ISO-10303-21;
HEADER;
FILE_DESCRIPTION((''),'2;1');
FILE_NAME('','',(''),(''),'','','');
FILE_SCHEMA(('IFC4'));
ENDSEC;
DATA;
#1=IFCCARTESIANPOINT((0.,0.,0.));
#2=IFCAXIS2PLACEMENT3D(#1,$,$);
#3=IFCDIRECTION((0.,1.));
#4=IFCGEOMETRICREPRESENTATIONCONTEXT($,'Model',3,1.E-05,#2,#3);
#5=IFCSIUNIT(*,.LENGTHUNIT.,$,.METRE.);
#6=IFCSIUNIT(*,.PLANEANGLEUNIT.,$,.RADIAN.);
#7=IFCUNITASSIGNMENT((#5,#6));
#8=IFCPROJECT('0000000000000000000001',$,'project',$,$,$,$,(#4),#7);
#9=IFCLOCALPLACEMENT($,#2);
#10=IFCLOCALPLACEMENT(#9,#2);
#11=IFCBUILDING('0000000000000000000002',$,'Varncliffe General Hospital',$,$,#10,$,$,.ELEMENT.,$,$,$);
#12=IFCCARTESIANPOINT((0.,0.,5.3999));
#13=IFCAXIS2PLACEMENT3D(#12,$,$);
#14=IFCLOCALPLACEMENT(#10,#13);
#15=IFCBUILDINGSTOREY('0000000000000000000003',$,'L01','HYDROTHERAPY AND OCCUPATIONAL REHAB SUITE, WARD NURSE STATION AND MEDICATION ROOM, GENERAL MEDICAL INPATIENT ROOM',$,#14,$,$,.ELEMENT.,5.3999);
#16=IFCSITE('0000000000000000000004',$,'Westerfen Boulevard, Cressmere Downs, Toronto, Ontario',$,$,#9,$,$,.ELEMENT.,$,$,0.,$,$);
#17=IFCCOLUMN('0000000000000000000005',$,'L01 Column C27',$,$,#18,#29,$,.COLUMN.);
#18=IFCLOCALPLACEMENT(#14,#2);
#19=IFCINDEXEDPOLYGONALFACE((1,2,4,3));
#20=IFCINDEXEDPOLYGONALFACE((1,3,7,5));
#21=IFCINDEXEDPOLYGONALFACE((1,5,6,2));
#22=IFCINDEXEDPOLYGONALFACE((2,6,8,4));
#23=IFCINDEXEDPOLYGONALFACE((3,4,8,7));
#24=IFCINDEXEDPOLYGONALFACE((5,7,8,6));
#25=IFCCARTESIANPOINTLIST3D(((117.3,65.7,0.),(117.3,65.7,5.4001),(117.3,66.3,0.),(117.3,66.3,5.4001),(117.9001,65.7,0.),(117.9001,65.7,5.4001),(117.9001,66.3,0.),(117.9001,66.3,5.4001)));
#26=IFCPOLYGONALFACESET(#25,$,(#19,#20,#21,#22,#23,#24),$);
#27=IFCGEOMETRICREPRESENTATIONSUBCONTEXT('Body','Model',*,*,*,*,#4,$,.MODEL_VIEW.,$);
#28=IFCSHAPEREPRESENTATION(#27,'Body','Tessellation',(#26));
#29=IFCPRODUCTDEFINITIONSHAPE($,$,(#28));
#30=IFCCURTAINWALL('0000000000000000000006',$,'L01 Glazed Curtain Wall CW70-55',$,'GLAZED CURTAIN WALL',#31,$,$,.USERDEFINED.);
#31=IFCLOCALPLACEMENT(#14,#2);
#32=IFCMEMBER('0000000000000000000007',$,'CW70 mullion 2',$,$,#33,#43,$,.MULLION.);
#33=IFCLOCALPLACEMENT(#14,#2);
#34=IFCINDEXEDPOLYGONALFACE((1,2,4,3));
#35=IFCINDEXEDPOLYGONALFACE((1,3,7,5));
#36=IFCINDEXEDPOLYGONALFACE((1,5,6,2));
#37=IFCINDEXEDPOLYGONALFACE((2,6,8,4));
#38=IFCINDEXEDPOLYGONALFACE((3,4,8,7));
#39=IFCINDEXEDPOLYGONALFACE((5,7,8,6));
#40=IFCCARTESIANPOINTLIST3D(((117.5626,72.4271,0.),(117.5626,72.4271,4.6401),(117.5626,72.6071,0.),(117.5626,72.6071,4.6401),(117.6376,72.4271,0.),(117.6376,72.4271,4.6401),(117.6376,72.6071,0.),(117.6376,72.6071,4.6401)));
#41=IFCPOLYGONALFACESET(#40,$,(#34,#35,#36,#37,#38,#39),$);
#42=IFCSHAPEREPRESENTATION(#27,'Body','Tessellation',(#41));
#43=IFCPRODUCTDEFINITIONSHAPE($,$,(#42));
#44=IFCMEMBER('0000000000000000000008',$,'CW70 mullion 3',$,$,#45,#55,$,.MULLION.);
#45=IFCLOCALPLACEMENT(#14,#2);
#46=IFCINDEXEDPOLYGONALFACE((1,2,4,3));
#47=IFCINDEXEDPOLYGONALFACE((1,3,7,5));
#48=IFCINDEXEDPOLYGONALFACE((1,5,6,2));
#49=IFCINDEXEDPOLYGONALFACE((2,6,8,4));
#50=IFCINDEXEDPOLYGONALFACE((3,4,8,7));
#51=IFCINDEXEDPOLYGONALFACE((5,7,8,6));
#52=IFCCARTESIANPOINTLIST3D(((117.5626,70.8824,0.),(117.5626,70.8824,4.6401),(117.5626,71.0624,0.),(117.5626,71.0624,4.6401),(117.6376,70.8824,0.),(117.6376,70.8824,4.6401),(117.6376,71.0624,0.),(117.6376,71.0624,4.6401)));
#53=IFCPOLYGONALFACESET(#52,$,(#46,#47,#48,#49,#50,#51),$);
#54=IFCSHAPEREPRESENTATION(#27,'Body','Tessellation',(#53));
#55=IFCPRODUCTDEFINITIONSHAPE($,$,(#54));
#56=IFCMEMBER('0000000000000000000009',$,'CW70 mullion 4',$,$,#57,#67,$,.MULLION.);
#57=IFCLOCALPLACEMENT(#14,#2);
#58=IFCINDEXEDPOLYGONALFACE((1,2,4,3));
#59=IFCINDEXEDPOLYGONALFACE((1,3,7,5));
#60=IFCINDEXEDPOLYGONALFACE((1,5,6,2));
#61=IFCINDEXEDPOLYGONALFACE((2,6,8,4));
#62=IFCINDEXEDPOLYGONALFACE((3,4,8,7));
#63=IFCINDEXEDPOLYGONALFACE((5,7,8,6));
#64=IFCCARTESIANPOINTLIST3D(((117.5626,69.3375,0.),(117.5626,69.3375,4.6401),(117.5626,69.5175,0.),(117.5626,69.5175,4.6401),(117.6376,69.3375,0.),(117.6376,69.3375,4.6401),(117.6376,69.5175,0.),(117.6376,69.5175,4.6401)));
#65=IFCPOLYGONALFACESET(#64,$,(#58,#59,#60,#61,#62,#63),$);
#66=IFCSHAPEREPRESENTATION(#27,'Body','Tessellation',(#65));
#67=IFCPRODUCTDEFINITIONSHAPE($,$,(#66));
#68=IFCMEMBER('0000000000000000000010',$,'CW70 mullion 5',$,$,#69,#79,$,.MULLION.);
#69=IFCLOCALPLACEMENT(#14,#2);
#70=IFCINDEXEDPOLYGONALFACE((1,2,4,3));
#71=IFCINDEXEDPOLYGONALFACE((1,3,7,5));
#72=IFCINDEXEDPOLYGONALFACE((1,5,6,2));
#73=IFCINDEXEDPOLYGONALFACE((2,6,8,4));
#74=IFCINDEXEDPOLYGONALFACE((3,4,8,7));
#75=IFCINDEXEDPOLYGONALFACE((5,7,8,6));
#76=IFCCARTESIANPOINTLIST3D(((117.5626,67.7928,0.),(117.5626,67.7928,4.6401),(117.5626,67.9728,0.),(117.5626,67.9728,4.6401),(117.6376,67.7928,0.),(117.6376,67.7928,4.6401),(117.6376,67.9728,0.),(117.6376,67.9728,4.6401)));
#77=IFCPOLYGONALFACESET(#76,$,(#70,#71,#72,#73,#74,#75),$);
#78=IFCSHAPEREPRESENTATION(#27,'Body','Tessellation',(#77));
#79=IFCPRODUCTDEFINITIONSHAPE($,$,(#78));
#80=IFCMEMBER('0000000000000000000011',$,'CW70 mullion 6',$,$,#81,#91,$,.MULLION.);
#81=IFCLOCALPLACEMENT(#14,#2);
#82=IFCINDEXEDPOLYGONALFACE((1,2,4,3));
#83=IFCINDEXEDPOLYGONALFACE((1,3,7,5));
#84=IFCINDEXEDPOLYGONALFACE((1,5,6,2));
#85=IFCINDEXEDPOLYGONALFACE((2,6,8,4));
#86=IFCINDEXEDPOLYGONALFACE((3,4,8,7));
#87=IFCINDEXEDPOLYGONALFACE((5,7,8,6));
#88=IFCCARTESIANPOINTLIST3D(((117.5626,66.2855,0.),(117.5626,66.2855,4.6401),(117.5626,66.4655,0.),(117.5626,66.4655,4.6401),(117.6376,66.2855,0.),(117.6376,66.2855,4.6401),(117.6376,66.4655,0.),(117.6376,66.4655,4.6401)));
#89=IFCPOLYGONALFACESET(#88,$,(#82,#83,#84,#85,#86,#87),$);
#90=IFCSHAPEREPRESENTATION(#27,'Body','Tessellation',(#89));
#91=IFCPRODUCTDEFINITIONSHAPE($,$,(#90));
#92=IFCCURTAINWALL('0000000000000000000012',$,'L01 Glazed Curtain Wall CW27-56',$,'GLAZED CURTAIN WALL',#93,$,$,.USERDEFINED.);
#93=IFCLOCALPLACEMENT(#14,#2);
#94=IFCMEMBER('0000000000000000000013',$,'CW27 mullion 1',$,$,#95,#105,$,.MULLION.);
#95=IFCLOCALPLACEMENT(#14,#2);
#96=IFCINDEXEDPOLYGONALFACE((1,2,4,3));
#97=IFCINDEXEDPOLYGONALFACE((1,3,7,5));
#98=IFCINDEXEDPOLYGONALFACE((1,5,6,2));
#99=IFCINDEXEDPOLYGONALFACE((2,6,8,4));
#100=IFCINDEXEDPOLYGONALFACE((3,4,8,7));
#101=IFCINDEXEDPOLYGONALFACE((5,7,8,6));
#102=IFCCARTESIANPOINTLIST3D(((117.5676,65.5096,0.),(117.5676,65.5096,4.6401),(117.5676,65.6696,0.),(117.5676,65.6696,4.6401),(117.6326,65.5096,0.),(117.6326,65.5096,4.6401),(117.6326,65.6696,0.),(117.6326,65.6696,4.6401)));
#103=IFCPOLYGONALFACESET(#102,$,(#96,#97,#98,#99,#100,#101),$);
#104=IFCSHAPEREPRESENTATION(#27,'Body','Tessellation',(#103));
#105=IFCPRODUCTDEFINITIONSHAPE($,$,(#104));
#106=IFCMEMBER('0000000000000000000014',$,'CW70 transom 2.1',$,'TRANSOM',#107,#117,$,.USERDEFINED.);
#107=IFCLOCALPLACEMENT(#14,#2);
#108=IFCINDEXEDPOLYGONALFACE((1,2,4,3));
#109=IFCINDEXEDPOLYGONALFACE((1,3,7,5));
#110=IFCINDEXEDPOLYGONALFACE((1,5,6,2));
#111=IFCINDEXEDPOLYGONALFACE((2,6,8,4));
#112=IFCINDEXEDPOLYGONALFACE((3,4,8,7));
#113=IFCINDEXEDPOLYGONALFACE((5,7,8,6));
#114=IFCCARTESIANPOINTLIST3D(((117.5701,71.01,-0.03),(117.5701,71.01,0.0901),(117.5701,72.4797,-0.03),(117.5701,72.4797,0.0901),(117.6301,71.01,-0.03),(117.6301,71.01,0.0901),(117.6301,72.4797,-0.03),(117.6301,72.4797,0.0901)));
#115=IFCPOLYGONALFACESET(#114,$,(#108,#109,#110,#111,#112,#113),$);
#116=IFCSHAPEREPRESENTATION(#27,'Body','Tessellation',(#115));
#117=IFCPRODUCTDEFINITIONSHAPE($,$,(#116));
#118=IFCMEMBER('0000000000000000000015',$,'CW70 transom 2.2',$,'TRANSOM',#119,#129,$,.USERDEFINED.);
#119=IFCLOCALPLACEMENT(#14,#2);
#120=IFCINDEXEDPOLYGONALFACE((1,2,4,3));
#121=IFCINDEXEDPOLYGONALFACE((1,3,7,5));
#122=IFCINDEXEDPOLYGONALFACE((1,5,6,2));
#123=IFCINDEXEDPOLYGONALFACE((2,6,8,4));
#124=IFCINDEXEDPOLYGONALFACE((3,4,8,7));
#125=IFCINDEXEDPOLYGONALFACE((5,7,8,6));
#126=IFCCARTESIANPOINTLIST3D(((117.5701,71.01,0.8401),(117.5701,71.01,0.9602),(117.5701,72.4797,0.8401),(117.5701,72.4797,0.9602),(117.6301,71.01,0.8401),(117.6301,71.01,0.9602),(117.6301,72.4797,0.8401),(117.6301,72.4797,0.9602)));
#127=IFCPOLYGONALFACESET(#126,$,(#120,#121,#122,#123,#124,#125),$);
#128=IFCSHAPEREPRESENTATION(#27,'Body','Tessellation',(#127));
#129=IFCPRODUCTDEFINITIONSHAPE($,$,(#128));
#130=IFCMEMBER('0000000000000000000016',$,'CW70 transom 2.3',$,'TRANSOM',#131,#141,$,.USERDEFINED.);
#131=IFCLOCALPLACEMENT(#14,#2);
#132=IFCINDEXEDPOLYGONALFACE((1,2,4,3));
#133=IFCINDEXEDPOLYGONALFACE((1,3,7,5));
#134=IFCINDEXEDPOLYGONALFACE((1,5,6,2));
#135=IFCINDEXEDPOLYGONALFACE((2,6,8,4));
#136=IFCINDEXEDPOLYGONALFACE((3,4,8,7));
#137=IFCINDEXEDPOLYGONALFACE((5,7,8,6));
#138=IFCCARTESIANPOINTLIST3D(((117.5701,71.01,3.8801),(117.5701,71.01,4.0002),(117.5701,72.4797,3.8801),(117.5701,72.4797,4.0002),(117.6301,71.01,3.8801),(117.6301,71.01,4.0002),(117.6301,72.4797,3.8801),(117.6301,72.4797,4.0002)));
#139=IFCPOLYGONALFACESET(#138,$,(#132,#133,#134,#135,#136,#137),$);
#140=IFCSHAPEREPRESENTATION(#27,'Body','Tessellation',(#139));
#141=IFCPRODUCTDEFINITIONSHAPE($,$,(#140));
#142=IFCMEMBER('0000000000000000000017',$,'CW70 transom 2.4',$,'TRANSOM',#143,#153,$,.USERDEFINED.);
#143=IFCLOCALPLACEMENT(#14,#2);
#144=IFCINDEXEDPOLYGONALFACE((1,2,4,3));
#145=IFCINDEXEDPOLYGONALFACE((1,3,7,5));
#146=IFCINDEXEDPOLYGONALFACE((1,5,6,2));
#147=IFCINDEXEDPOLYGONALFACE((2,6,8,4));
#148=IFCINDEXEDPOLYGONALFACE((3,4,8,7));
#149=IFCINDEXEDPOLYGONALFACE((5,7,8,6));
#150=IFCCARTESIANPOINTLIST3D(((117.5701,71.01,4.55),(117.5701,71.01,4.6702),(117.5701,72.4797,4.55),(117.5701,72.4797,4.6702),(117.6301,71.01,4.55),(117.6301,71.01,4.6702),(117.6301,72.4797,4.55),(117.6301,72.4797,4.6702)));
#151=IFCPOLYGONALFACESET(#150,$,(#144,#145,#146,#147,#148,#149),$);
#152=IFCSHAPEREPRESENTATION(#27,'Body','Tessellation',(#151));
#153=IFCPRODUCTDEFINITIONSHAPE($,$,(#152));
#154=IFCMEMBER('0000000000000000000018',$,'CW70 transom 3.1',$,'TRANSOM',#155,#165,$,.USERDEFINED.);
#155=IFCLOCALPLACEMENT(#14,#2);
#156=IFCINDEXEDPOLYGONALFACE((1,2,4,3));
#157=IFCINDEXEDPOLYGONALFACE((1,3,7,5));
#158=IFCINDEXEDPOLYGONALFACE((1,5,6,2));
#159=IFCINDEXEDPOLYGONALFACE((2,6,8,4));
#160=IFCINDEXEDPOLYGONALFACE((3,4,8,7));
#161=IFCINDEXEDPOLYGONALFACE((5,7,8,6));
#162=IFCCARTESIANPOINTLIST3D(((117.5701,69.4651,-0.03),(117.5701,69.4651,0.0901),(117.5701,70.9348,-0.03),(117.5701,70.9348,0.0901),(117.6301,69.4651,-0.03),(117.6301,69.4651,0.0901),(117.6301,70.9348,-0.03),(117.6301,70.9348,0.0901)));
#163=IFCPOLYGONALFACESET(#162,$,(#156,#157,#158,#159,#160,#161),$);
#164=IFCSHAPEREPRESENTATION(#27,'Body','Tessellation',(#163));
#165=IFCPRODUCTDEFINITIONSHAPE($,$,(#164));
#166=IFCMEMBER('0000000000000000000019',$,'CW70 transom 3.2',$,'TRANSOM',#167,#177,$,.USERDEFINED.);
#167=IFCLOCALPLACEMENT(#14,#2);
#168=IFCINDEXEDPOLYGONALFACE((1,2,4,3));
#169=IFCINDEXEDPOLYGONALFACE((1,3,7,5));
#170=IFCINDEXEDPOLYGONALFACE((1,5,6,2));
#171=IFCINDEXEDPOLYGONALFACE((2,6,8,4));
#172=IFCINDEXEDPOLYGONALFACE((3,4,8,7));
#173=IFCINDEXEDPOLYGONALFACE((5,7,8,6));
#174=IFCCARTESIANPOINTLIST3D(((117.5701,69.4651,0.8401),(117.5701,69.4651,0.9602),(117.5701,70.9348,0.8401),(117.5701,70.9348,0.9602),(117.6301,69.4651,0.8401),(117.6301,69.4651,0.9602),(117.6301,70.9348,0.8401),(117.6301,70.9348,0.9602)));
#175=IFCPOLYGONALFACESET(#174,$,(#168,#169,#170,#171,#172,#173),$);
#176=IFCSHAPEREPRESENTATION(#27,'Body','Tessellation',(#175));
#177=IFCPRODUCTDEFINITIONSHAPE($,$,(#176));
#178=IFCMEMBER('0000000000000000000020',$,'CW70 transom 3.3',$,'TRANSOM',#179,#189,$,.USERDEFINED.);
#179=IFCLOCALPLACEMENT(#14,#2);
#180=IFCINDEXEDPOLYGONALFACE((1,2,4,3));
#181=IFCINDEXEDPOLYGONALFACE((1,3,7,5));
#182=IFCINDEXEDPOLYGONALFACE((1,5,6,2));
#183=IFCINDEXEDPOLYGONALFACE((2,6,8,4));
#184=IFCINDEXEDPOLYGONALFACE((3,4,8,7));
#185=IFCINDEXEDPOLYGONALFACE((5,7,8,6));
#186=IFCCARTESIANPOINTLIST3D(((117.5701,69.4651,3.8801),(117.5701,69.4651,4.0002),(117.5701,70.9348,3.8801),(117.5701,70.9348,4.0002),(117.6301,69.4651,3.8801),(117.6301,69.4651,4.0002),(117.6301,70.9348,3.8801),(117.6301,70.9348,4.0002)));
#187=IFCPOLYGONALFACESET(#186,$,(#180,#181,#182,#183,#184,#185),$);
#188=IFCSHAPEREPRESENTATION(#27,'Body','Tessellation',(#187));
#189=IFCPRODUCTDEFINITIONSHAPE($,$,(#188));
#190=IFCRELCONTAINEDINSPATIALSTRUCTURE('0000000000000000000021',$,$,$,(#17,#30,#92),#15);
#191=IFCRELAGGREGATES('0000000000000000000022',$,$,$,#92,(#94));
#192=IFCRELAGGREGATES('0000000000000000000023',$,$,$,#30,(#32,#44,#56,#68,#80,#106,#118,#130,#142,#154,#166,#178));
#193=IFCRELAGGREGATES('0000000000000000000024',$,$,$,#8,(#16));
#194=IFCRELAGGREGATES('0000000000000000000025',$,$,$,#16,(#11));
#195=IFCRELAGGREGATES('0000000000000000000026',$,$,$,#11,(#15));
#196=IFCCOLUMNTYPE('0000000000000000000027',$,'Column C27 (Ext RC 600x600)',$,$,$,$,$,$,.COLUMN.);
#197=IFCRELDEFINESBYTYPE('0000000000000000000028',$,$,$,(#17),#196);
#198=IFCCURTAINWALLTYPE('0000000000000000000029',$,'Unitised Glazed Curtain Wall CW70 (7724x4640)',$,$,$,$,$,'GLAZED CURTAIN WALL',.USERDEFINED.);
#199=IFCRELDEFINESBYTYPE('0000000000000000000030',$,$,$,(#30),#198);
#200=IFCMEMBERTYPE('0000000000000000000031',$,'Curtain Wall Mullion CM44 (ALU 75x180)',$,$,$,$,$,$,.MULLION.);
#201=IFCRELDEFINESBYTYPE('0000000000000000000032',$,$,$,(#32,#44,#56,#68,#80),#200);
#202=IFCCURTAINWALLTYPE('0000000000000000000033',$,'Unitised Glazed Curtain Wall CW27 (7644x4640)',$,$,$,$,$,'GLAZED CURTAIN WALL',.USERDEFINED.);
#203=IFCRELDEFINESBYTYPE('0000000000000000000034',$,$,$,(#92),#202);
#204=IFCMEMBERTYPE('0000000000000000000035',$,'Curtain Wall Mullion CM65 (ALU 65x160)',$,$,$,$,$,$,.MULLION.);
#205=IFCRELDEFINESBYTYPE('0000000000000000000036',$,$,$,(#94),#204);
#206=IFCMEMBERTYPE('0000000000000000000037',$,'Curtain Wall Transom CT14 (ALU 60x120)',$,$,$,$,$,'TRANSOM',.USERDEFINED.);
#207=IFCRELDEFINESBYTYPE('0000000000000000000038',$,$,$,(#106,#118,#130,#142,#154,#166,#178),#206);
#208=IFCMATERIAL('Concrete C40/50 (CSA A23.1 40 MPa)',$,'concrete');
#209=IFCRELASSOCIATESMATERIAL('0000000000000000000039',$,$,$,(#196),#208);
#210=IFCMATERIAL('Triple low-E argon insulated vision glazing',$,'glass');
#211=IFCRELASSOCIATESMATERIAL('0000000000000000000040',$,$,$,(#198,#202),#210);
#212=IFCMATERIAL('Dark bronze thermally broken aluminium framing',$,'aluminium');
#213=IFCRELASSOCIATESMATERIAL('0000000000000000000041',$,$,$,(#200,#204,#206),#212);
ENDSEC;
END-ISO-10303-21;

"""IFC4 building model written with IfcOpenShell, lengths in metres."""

from ifc_helpers import new_model, si_unit, direction, frame, origin, origin_2d, place, context, subcontext, project, spatial, rectangle, extrude, material, material_profile, profile_set, type_object, element, aggregate, save


model = new_model("IFC4")

# Units and contexts
model_context = context("Model", 3, precision=1e-05, world=origin(), true_north=direction((0.0, 1.0)))
body_context = subcontext(model_context, "Body", "Model", "MODEL_VIEW")
ifc_project = project(units=[si_unit("LENGTHUNIT", "METRE"), si_unit("PLANEANGLEUNIT", "RADIAN")], contexts=[model_context])

# Site, building, storey
site_placement = place(None, origin())
site = spatial("IfcSite", under=ifc_project, at=site_placement, Name="Westerfen Boulevard, Cressmere Downs, Toronto, Ontario", CompositionType="ELEMENT", RefElevation=0.0)
building_placement = place(site_placement, origin())
building = spatial("IfcBuilding", under=site, at=building_placement, Name="Varncliffe General Hospital", CompositionType="ELEMENT")
storey_placement = place(building_placement, frame((0.0, 0.0, 5.3999)))
storey = spatial("IfcBuildingStorey", under=building, at=storey_placement, Name="L01", Description="HYDROTHERAPY AND OCCUPATIONAL REHAB SUITE, WARD NURSE STATION AND MEDICATION ROOM, GENERAL MEDICAL INPATIENT ROOM", CompositionType="ELEMENT", Elevation=5.3999)

# Column
ifc_material_1 = material(Name="Concrete C40/50 (CSA A23.1 40 MPa)", Category="concrete")
ifc_material_profile_1 = material_profile(ifc_material_1, rectangle(XDim=0.6001, YDim=0.6001, at=origin_2d()), Name="RC 600x600")
ifc_profile_set_1 = profile_set([ifc_material_profile_1], Name="Concrete C40/50 (CSA A23.1 40 MPa)")
column_type = type_object("IfcColumnType", Name="Column C27 (Ext RC 600x600)", PredefinedType="COLUMN", material=ifc_profile_set_1)
column_placement = place(storey_placement, frame((117.6001, 66.0, 0.0), z_axis=(0.0, 0.0, 1.0), x_axis=(1.0, 0.0, 0.0)))
element("IfcColumn", 1, at=column_placement, inside=storey, type_object=column_type, Name="L01 Column C27", PredefinedType="COLUMN", context=body_context, shape_type="SweptSolid", body=[
    extrude(rectangle(XDim=0.6001, YDim=0.6001, at=origin_2d()), origin(), (0.0, 0.0, 1.0), 5.4001),
])

# Curtain wall, members
ifc_material_2 = material(Name="Triple low-E argon insulated vision glazing", Category="glass")
curtain_wall_type_1 = type_object("IfcCurtainWallType", Name="Unitised Glazed Curtain Wall CW70 (7724x4640)", ElementType="GLAZED CURTAIN WALL", PredefinedType="USERDEFINED", material=ifc_material_2)
curtain_wall_1_placement = place(storey_placement, origin())
curtain_wall_1 = element("IfcCurtainWall", 2, at=curtain_wall_1_placement, inside=storey, type_object=curtain_wall_type_1, Name="L01 Glazed Curtain Wall CW70-55", ObjectType="GLAZED CURTAIN WALL", PredefinedType="USERDEFINED")
ifc_material_3 = material(Name="Dark bronze thermally broken aluminium framing", Category="aluminium")
ifc_material_profile_2 = material_profile(ifc_material_3, rectangle(XDim=0.075, YDim=0.1799, at=origin_2d()), Name="ALU 75x180")
ifc_profile_set_2 = profile_set([ifc_material_profile_2], Name="Dark bronze thermally broken aluminium framing")
member_type_1 = type_object("IfcMemberType", Name="Curtain Wall Mullion CM44 (ALU 75x180)", PredefinedType="MULLION", material=ifc_profile_set_2)
member_1_placement = place(storey_placement, frame((117.6001, 72.5171, 0.0), z_axis=(0.0, 0.0, 1.0), x_axis=(1.0, 0.0, 0.0)))
member_1 = element("IfcMember", 3, at=member_1_placement, type_object=member_type_1, Name="CW70 mullion 2", PredefinedType="MULLION", context=body_context, shape_type="SweptSolid", body=[
    extrude(rectangle(XDim=0.075, YDim=0.1799, at=origin_2d()), origin(), (0.0, 0.0, 1.0), 4.6401),
])
member_2_placement = place(storey_placement, frame((117.6001, 70.9724, 0.0), z_axis=(0.0, 0.0, 1.0), x_axis=(1.0, 0.0, 0.0)))
member_2 = element("IfcMember", 4, at=member_2_placement, type_object=member_type_1, Name="CW70 mullion 3", PredefinedType="MULLION", context=body_context, shape_type="SweptSolid", body=[
    extrude(rectangle(XDim=0.075, YDim=0.1799, at=origin_2d()), origin(), (0.0, 0.0, 1.0), 4.6401),
])
member_3_placement = place(storey_placement, frame((117.6001, 69.4275, 0.0), z_axis=(0.0, 0.0, 1.0), x_axis=(1.0, 0.0, 0.0)))
member_3 = element("IfcMember", 5, at=member_3_placement, type_object=member_type_1, Name="CW70 mullion 4", PredefinedType="MULLION", context=body_context, shape_type="SweptSolid", body=[
    extrude(rectangle(XDim=0.075, YDim=0.1799, at=origin_2d()), origin(), (0.0, 0.0, 1.0), 4.6401),
])
member_4_placement = place(storey_placement, frame((117.6001, 67.8828, 0.0), z_axis=(0.0, 0.0, 1.0), x_axis=(1.0, 0.0, 0.0)))
member_4 = element("IfcMember", 6, at=member_4_placement, type_object=member_type_1, Name="CW70 mullion 5", PredefinedType="MULLION", context=body_context, shape_type="SweptSolid", body=[
    extrude(rectangle(XDim=0.075, YDim=0.1799, at=origin_2d()), origin(), (0.0, 0.0, 1.0), 4.6401),
])
member_5_placement = place(storey_placement, frame((117.6001, 66.3755, 0.0), z_axis=(0.0, 0.0, 1.0), x_axis=(1.0, 0.0, 0.0)))
member_5 = element("IfcMember", 7, at=member_5_placement, type_object=member_type_1, Name="CW70 mullion 6", PredefinedType="MULLION", context=body_context, shape_type="SweptSolid", body=[
    extrude(rectangle(XDim=0.075, YDim=0.1799, at=origin_2d()), origin(), (0.0, 0.0, 1.0), 4.6401),
])

# Curtain wall, member
curtain_wall_type_2 = type_object("IfcCurtainWallType", Name="Unitised Glazed Curtain Wall CW27 (7644x4640)", ElementType="GLAZED CURTAIN WALL", PredefinedType="USERDEFINED", material=ifc_material_2)
curtain_wall_2_placement = place(storey_placement, origin())
curtain_wall_2 = element("IfcCurtainWall", 8, at=curtain_wall_2_placement, inside=storey, type_object=curtain_wall_type_2, Name="L01 Glazed Curtain Wall CW27-56", ObjectType="GLAZED CURTAIN WALL", PredefinedType="USERDEFINED")
ifc_material_profile_3 = material_profile(ifc_material_3, rectangle(XDim=0.0649, YDim=0.1599, at=origin_2d()), Name="ALU 65x160")
ifc_profile_set_3 = profile_set([ifc_material_profile_3], Name="Dark bronze thermally broken aluminium framing")
member_type_2 = type_object("IfcMemberType", Name="Curtain Wall Mullion CM65 (ALU 65x160)", PredefinedType="MULLION", material=ifc_profile_set_3)
member_6_placement = place(storey_placement, frame((117.6001, 65.5896, 0.0), z_axis=(0.0, 0.0, 1.0), x_axis=(1.0, 0.0, 0.0)))
member_6 = element("IfcMember", 9, at=member_6_placement, type_object=member_type_2, Name="CW27 mullion 1", PredefinedType="MULLION", context=body_context, shape_type="SweptSolid", body=[
    extrude(rectangle(XDim=0.0649, YDim=0.1599, at=origin_2d()), origin(), (0.0, 0.0, 1.0), 4.6401),
])

# Members
ifc_material_profile_4 = material_profile(ifc_material_3, rectangle(XDim=0.0601, YDim=0.1201, at=origin_2d()), Name="ALU 60x120")
ifc_profile_set_4 = profile_set([ifc_material_profile_4], Name="Dark bronze thermally broken aluminium framing")
member_type_3 = type_object("IfcMemberType", Name="Curtain Wall Transom CT14 (ALU 60x120)", ElementType="TRANSOM", PredefinedType="USERDEFINED", material=ifc_profile_set_4)
member_7_placement = place(storey_placement, frame((117.6001, 72.4797, 0.03), z_axis=(0.0, -1.0, 0.0), x_axis=(1.0, 0.0, 0.0)))
member_7 = element("IfcMember", 10, at=member_7_placement, type_object=member_type_3, Name="CW70 transom 2.1", ObjectType="TRANSOM", PredefinedType="USERDEFINED", context=body_context, shape_type="SweptSolid", body=[
    extrude(rectangle(XDim=0.0601, YDim=0.1201, at=origin_2d()), origin(), (0.0, 0.0, 1.0), 1.4697),
])
member_8_placement = place(storey_placement, frame((117.6001, 72.4797, 0.9001), z_axis=(0.0, -1.0, 0.0), x_axis=(1.0, 0.0, 0.0)))
member_8 = element("IfcMember", 11, at=member_8_placement, type_object=member_type_3, Name="CW70 transom 2.2", ObjectType="TRANSOM", PredefinedType="USERDEFINED", context=body_context, shape_type="SweptSolid", body=[
    extrude(rectangle(XDim=0.0601, YDim=0.1201, at=origin_2d()), origin(), (0.0, 0.0, 1.0), 1.4697),
])
member_9_placement = place(storey_placement, frame((117.6001, 72.4797, 3.9402), z_axis=(0.0, -1.0, 0.0), x_axis=(1.0, 0.0, 0.0)))
member_9 = element("IfcMember", 12, at=member_9_placement, type_object=member_type_3, Name="CW70 transom 2.3", ObjectType="TRANSOM", PredefinedType="USERDEFINED", context=body_context, shape_type="SweptSolid", body=[
    extrude(rectangle(XDim=0.0601, YDim=0.1201, at=origin_2d()), origin(), (0.0, 0.0, 1.0), 1.4697),
])
member_10_placement = place(storey_placement, frame((117.6001, 72.4797, 4.6101), z_axis=(0.0, -1.0, 0.0), x_axis=(1.0, 0.0, 0.0)))
member_10 = element("IfcMember", 13, at=member_10_placement, type_object=member_type_3, Name="CW70 transom 2.4", ObjectType="TRANSOM", PredefinedType="USERDEFINED", context=body_context, shape_type="SweptSolid", body=[
    extrude(rectangle(XDim=0.0601, YDim=0.1201, at=origin_2d()), origin(), (0.0, 0.0, 1.0), 1.4697),
])
member_11_placement = place(storey_placement, frame((117.6001, 70.9348, 0.03), z_axis=(0.0, -1.0, 0.0), x_axis=(1.0, 0.0, 0.0)))
member_11 = element("IfcMember", 14, at=member_11_placement, type_object=member_type_3, Name="CW70 transom 3.1", ObjectType="TRANSOM", PredefinedType="USERDEFINED", context=body_context, shape_type="SweptSolid", body=[
    extrude(rectangle(XDim=0.0601, YDim=0.1201, at=origin_2d()), origin(), (0.0, 0.0, 1.0), 1.4697),
])
member_12_placement = place(storey_placement, frame((117.6001, 70.9348, 0.9001), z_axis=(0.0, -1.0, 0.0), x_axis=(1.0, 0.0, 0.0)))
member_12 = element("IfcMember", 15, at=member_12_placement, type_object=member_type_3, Name="CW70 transom 3.2", ObjectType="TRANSOM", PredefinedType="USERDEFINED", context=body_context, shape_type="SweptSolid", body=[
    extrude(rectangle(XDim=0.0601, YDim=0.1201, at=origin_2d()), origin(), (0.0, 0.0, 1.0), 1.4697),
])
member_13_placement = place(storey_placement, frame((117.6001, 70.9348, 3.9402), z_axis=(0.0, -1.0, 0.0), x_axis=(1.0, 0.0, 0.0)))
member_13 = element("IfcMember", 16, at=member_13_placement, type_object=member_type_3, Name="CW70 transom 3.3", ObjectType="TRANSOM", PredefinedType="USERDEFINED", context=body_context, shape_type="SweptSolid", body=[
    extrude(rectangle(XDim=0.0601, YDim=0.1201, at=origin_2d()), origin(), (0.0, 0.0, 1.0), 1.4697),
])
aggregate(curtain_wall_2, [member_6])

aggregate(curtain_wall_1, [member_1, member_2, member_3, member_4, member_5, member_7, member_8, member_9, member_10, member_11, member_12, member_13])

save(model, "model.ifc")
